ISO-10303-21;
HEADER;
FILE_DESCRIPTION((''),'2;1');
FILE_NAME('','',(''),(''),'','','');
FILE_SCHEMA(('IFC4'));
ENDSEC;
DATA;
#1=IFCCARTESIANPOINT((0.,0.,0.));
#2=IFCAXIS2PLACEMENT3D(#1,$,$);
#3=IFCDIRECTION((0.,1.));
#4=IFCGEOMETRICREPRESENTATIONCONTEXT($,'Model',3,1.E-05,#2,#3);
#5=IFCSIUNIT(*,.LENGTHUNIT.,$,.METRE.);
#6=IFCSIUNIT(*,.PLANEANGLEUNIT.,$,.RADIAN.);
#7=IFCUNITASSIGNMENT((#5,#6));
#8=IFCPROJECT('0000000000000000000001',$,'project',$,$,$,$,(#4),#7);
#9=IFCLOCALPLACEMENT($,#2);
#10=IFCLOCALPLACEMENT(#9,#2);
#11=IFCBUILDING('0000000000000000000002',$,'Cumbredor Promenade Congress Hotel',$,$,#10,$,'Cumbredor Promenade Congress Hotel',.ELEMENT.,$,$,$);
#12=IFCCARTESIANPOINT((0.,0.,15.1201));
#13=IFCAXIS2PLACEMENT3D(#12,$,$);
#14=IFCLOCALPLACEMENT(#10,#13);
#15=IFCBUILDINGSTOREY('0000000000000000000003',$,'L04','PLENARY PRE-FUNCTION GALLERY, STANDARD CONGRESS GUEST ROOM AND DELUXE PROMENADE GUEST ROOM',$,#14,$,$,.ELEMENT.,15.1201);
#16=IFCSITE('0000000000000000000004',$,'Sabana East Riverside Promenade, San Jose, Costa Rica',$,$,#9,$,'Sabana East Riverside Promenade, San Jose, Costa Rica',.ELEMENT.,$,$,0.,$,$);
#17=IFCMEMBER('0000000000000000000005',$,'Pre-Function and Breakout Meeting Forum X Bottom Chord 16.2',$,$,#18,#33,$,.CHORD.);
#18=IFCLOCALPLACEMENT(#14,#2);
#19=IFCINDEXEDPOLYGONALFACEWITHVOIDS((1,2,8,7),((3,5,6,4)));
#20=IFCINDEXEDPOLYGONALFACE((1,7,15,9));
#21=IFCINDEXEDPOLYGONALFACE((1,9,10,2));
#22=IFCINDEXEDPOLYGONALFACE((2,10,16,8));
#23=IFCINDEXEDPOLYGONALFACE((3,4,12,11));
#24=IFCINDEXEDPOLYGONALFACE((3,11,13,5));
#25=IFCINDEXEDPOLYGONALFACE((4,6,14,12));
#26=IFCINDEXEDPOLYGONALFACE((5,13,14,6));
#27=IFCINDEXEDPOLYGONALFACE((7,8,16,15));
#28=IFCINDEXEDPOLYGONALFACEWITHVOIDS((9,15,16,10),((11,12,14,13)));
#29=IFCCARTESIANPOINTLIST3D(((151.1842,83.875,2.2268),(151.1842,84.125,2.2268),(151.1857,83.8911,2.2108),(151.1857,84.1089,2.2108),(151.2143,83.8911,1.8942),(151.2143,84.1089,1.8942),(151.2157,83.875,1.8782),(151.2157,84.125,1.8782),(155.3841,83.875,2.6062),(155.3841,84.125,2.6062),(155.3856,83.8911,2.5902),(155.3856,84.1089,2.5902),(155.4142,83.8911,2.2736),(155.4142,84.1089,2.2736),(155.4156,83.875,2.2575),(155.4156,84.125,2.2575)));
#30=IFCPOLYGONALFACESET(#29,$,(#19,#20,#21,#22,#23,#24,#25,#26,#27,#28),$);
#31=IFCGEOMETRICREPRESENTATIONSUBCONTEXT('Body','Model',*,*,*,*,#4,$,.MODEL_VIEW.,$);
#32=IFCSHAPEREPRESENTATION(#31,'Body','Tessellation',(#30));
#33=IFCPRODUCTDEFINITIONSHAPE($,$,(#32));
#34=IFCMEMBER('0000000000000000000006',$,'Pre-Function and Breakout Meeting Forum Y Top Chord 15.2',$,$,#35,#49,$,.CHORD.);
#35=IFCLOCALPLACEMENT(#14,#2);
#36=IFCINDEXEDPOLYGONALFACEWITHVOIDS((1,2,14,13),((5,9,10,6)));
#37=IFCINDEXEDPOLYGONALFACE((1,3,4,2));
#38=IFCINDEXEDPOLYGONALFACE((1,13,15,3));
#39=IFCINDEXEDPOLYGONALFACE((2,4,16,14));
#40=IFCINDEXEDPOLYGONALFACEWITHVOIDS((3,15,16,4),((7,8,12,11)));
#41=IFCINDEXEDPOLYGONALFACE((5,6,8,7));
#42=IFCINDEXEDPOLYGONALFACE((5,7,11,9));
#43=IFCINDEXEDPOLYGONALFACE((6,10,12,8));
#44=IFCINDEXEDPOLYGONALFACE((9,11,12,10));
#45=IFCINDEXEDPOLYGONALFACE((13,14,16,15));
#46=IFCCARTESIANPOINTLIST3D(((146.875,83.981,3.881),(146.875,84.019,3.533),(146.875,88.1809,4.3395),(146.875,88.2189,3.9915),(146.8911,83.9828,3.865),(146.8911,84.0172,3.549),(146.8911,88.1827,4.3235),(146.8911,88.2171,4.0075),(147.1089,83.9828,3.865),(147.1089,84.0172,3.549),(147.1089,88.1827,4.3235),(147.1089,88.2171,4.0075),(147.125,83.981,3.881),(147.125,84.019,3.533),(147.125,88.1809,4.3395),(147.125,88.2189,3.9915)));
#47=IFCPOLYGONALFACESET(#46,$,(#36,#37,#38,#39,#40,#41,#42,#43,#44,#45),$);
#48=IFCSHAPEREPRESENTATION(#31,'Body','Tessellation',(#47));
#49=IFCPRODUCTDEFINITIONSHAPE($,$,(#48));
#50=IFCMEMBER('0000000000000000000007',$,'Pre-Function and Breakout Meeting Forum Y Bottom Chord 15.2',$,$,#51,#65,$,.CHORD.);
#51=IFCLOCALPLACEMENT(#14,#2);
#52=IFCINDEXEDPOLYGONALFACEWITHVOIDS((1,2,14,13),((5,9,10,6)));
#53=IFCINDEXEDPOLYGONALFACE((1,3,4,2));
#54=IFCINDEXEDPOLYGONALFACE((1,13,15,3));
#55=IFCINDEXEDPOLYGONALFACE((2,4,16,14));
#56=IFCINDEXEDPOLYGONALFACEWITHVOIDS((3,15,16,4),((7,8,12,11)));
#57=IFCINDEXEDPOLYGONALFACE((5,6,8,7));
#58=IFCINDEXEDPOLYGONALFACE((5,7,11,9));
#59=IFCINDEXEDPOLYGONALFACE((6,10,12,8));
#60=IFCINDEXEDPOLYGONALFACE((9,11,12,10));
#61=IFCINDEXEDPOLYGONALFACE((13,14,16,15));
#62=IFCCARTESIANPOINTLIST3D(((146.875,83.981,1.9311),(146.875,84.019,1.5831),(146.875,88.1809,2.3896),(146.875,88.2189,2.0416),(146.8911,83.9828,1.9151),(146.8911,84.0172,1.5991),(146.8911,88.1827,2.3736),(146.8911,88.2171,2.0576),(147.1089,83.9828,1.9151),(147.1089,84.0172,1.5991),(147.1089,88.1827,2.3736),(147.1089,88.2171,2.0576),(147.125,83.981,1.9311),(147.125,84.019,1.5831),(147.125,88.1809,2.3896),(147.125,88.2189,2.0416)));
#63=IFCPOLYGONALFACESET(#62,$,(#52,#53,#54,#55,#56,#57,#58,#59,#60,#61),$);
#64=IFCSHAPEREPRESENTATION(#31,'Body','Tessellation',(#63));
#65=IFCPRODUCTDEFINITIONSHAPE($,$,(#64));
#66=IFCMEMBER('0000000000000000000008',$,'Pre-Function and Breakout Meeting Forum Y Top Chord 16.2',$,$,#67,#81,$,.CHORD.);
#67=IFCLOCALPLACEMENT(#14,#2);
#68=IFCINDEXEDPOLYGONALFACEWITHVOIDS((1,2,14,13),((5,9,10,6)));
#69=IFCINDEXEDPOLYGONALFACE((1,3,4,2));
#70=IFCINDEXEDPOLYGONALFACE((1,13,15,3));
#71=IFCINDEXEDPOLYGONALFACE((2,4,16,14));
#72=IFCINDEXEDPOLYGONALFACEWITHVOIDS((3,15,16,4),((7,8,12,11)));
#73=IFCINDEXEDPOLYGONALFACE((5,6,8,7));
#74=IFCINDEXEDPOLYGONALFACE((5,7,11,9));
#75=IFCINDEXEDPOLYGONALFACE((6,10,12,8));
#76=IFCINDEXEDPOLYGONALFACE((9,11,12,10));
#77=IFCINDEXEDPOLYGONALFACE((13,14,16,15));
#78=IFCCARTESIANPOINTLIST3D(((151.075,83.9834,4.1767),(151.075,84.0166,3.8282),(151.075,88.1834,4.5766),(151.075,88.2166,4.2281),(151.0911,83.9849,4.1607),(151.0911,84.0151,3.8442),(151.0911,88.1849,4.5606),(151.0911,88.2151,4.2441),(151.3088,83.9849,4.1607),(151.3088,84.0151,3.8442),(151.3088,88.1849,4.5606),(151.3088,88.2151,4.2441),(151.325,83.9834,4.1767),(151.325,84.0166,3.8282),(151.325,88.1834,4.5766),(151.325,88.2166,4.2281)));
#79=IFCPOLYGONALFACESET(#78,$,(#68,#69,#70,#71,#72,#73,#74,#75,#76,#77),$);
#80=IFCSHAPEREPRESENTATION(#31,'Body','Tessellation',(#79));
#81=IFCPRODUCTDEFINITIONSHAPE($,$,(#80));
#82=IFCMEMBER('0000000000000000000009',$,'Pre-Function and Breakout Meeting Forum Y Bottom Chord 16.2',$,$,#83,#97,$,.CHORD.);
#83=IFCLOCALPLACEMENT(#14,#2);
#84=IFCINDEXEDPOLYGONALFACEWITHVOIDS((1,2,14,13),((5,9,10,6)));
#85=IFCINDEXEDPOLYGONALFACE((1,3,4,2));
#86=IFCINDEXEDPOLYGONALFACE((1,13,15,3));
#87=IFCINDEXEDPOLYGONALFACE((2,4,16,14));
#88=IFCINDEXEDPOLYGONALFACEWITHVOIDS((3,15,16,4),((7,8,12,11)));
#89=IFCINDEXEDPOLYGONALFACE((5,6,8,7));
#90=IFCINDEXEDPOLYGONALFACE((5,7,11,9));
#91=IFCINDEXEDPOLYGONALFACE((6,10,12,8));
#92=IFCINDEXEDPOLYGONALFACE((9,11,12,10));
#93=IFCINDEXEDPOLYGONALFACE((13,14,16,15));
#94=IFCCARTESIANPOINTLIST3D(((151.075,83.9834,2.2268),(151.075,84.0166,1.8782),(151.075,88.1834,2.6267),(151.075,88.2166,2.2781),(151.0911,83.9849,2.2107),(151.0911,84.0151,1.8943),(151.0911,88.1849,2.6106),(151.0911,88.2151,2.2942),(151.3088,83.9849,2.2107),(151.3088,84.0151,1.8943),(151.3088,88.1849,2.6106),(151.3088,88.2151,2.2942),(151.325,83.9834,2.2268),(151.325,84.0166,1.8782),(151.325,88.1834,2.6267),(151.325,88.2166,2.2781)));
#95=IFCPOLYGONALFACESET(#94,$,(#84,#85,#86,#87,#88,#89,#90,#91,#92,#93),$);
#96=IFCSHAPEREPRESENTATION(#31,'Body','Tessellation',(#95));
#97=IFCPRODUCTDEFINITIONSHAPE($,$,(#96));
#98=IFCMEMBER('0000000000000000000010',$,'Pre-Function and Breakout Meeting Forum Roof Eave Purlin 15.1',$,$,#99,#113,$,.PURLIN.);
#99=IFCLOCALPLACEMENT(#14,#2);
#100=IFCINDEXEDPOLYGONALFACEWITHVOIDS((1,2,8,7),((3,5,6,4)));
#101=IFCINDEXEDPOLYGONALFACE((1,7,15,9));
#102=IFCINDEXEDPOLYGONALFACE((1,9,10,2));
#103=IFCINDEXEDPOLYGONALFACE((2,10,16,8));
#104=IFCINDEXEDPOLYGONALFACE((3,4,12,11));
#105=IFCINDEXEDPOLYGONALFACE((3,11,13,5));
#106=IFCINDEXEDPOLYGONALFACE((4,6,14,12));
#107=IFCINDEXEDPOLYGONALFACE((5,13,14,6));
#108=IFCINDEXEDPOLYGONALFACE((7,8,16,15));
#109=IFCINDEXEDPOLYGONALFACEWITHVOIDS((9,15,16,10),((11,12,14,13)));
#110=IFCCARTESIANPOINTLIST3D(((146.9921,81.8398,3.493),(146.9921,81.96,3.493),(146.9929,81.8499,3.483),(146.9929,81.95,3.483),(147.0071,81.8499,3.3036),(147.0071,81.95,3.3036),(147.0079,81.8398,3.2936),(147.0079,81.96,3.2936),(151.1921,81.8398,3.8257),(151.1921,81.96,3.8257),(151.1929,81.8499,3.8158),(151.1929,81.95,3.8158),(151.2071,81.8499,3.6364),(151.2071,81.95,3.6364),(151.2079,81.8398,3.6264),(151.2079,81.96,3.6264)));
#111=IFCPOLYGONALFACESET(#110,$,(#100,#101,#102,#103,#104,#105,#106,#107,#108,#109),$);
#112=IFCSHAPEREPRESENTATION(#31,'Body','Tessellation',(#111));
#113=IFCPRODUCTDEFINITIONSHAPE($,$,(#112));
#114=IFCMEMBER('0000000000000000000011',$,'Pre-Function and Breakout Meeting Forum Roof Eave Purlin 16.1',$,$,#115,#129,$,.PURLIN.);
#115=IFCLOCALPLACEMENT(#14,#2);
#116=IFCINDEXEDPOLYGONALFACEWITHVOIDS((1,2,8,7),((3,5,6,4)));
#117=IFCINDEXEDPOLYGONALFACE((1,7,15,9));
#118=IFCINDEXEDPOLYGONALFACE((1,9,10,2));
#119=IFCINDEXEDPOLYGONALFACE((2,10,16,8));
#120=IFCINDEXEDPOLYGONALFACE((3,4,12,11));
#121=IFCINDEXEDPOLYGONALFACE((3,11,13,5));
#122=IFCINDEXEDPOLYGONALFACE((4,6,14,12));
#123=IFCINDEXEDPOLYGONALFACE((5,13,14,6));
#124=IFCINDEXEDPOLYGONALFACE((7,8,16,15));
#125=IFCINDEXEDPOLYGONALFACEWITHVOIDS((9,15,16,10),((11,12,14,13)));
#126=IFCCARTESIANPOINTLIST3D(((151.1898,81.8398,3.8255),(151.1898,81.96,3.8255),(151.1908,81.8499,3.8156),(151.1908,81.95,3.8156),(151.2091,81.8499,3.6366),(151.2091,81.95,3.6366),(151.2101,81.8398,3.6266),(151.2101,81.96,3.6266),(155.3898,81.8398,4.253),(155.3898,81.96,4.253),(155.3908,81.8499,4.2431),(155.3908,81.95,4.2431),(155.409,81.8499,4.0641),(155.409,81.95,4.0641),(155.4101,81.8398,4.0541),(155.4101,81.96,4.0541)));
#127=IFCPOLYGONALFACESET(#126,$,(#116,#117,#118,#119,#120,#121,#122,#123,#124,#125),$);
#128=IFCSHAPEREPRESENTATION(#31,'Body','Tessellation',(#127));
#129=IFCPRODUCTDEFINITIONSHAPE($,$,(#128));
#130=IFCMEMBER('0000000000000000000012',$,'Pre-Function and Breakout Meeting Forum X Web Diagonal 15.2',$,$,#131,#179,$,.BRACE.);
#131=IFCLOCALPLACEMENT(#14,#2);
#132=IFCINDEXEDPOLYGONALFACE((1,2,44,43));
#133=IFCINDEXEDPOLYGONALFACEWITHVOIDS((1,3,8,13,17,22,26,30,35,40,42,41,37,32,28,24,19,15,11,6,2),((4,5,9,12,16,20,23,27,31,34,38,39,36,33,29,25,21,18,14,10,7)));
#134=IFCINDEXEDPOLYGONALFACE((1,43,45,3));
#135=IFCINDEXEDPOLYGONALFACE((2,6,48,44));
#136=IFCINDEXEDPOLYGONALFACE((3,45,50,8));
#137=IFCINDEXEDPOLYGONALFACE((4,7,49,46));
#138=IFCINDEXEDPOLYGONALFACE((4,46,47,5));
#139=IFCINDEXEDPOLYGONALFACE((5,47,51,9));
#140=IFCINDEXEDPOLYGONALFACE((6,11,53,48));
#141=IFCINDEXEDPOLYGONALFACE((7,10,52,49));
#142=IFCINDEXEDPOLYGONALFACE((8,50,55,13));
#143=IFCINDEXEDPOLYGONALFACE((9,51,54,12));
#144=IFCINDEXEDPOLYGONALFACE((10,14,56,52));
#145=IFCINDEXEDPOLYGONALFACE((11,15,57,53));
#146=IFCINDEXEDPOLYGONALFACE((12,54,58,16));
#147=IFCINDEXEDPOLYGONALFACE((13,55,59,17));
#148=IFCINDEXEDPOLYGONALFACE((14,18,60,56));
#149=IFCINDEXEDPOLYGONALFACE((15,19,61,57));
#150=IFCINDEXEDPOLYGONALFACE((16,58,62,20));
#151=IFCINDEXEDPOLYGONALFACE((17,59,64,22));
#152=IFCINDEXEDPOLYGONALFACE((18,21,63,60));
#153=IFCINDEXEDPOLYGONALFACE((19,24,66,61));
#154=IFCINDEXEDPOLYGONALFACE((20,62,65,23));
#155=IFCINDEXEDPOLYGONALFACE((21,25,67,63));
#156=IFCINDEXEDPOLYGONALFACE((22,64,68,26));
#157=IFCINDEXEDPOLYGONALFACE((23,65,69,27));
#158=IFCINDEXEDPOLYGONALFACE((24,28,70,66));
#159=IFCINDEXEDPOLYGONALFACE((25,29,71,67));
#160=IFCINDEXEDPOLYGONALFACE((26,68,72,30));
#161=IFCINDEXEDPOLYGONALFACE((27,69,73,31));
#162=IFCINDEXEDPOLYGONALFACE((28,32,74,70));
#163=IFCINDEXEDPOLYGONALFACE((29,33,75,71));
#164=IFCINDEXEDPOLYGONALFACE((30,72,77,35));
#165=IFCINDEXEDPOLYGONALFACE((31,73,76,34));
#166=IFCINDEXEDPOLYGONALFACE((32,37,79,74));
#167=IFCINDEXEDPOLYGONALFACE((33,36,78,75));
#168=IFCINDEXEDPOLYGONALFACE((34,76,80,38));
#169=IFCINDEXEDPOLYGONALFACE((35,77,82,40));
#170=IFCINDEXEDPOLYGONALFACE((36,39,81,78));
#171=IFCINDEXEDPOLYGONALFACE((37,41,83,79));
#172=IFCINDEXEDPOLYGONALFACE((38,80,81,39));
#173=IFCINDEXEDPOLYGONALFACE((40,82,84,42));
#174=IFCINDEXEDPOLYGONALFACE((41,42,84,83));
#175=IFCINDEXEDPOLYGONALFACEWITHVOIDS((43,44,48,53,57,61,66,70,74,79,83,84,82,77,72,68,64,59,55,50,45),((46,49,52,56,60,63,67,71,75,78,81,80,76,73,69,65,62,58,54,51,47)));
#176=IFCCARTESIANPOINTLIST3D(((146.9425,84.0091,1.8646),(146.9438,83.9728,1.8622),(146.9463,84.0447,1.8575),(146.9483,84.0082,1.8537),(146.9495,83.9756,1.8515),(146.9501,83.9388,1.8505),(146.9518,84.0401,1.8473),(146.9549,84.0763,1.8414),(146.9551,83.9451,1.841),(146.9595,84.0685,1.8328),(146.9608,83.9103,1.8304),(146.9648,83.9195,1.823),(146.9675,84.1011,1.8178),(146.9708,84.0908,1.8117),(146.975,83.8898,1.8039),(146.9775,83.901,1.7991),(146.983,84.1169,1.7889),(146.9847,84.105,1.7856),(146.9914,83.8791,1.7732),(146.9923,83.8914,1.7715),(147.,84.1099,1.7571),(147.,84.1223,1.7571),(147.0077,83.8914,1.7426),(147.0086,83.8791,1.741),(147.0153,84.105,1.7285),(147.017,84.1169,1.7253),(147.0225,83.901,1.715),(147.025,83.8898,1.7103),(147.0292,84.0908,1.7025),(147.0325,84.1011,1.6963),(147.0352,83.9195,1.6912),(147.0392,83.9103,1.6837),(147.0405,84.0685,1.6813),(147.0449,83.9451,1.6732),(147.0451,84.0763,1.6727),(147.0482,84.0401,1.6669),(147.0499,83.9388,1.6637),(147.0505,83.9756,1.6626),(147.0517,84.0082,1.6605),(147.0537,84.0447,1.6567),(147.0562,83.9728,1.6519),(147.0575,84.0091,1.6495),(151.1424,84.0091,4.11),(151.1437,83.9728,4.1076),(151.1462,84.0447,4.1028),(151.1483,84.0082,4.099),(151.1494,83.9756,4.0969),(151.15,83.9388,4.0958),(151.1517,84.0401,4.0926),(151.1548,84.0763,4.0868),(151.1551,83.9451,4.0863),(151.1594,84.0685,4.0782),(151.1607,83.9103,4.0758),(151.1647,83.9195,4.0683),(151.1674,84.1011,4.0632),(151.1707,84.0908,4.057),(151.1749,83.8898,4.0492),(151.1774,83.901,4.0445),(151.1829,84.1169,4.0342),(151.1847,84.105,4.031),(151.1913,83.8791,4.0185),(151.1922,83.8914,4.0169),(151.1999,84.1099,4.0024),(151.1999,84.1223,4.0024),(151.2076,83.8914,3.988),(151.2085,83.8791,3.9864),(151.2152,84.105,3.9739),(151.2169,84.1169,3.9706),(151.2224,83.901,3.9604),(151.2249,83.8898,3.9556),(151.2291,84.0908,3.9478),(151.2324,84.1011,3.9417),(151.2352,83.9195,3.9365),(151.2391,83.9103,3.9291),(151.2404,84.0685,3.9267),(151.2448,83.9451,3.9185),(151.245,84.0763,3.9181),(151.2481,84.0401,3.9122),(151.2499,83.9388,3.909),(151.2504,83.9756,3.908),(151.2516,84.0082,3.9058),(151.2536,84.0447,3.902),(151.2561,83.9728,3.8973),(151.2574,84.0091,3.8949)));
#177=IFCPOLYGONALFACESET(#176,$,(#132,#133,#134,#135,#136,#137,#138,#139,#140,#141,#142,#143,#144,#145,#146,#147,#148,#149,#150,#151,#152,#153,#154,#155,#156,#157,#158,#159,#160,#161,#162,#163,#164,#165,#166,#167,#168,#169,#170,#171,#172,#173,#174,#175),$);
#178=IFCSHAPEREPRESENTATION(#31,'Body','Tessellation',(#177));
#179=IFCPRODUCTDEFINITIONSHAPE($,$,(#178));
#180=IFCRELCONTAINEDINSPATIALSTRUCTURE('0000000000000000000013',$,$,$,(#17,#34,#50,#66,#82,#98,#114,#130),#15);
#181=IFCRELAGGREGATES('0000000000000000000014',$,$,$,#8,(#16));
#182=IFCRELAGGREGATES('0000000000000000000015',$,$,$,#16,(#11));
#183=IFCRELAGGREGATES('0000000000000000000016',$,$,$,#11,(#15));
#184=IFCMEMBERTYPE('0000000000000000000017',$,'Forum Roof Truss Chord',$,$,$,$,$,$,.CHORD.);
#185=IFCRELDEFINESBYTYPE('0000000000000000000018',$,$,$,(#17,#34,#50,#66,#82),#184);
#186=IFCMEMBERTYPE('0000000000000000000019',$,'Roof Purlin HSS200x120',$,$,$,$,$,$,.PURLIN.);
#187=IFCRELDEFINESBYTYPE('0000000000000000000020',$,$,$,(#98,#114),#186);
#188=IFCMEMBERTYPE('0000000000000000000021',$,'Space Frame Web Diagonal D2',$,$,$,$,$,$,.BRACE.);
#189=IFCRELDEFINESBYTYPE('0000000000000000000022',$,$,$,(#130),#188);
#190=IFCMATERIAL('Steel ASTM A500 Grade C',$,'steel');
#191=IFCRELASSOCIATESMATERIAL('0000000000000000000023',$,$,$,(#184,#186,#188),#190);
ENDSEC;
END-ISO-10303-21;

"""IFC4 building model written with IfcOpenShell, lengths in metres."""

from ifc_helpers import new_model, si_unit, direction, frame, origin, origin_2d, place, context, subcontext, project, spatial, hollow_rectangle, hollow_circle, extrude, material, material_profile, profile_set, type_object, element, save


model = new_model("IFC4")

# Units and contexts
model_context = context("Model", 3, precision=1e-05, world=origin(), true_north=direction((0.0, 1.0)))
body_context = subcontext(model_context, "Body", "Model", "MODEL_VIEW")
ifc_project = project(units=[si_unit("LENGTHUNIT", "METRE"), si_unit("PLANEANGLEUNIT", "RADIAN")], contexts=[model_context])

# Site, building, storey
site_placement = place(None, origin())
site = spatial("IfcSite", under=ifc_project, at=site_placement, Name="Sabana East Riverside Promenade, San Jose, Costa Rica", LongName="Sabana East Riverside Promenade, San Jose, Costa Rica", CompositionType="ELEMENT", RefElevation=0.0)
building_placement = place(site_placement, origin())
building = spatial("IfcBuilding", under=site, at=building_placement, Name="Cumbredor Promenade Congress Hotel", LongName="Cumbredor Promenade Congress Hotel", CompositionType="ELEMENT")
storey_placement = place(building_placement, frame((0.0, 0.0, 15.1201)))
storey = spatial("IfcBuildingStorey", under=building, at=storey_placement, Name="L04", Description="PLENARY PRE-FUNCTION GALLERY, STANDARD CONGRESS GUEST ROOM AND DELUXE PROMENADE GUEST ROOM", CompositionType="ELEMENT", Elevation=15.1201)

# Members
ifc_material_1 = material(Name="Steel ASTM A500 Grade C", Category="steel")
ifc_material_profile_1 = material_profile(ifc_material_1, hollow_rectangle(XDim=0.25, YDim=0.3501, WallThickness=0.0161, at=origin_2d()), Name="HSS 350x250x16")
ifc_profile_set_1 = profile_set([ifc_material_profile_1], Name="Steel ASTM A500 Grade C")
member_type_1 = type_object("IfcMemberType", Name="Forum Roof Truss Chord", PredefinedType="CHORD", material=ifc_profile_set_1)
for number, where, z_axis, x_axis, name in (
    (1, (151.2, 84.0, 2.0525), (0.995945, 0.0, 0.089967), (0.0, 1.0, 0.0), "Pre-Function and Breakout Meeting Forum X Bottom Chord 16.2"),
):
    element("IfcMember", number, at=place(storey_placement, frame(where, z_axis=z_axis, x_axis=x_axis)), inside=storey, type_object=member_type_1, Name=name, PredefinedType="CHORD", context=body_context, shape_type="SweptSolid", body=[
        extrude(hollow_rectangle(XDim=0.25, YDim=0.3501, WallThickness=0.0161, at=origin_2d()), origin(), (0.0, 0.0, 1.0), 4.217),
    ])
for number, where, z_axis, x_axis, name in (
    (2, (147.0, 84.0, 3.707), (0.0, 0.994094, 0.108522), (-1.0, 0.0, 0.0), "Pre-Function and Breakout Meeting Forum Y Top Chord 15.2"),
    (3, (147.0, 84.0, 1.7571), (0.0, 0.994094, 0.108522), (-1.0, 0.0, 0.0), "Pre-Function and Breakout Meeting Forum Y Bottom Chord 15.2"),
):
    element("IfcMember", number, at=place(storey_placement, frame(where, z_axis=z_axis, x_axis=x_axis)), inside=storey, type_object=member_type_1, Name=name, PredefinedType="CHORD", context=body_context, shape_type="SweptSolid", body=[
        extrude(hollow_rectangle(XDim=0.25, YDim=0.3501, WallThickness=0.0161, at=origin_2d()), origin(), (0.0, 0.0, 1.0), 4.2249),
    ])
for number, where, z_axis, x_axis, name in (
    (4, (151.2, 84.0, 4.0024), (0.0, 0.995498, 0.094787), (-1.0, 0.0, 0.0), "Pre-Function and Breakout Meeting Forum Y Top Chord 16.2"),
    (5, (151.2, 84.0, 2.0525), (0.0, 0.995498, 0.094787), (-1.0, 0.0, 0.0), "Pre-Function and Breakout Meeting Forum Y Bottom Chord 16.2"),
):
    element("IfcMember", number, at=place(storey_placement, frame(where, z_axis=z_axis, x_axis=x_axis)), inside=storey, type_object=member_type_1, Name=name, PredefinedType="CHORD", context=body_context, shape_type="SweptSolid", body=[
        extrude(hollow_rectangle(XDim=0.25, YDim=0.3501, WallThickness=0.0161, at=origin_2d()), origin(), (0.0, 0.0, 1.0), 4.219),
    ])
ifc_material_profile_2 = material_profile(ifc_material_1, hollow_rectangle(XDim=0.1201, YDim=0.2, WallThickness=0.01, at=origin_2d()), Name="HSS 200x120x10")
ifc_profile_set_2 = profile_set([ifc_material_profile_2], Name="Steel ASTM A500 Grade C")
member_type_2 = type_object("IfcMemberType", Name="Roof Purlin HSS200x120", PredefinedType="PURLIN", material=ifc_profile_set_2)
member_1_placement = place(storey_placement, frame((147.0, 81.8999, 3.3933), z_axis=(0.996876, 0.0, 0.078983), x_axis=(0.0, 1.0, 0.0)))
element("IfcMember", 6, at=member_1_placement, inside=storey, type_object=member_type_2, Name="Pre-Function and Breakout Meeting Forum Roof Eave Purlin 15.1", PredefinedType="PURLIN", context=body_context, shape_type="SweptSolid", body=[
    extrude(hollow_rectangle(XDim=0.1201, YDim=0.2, WallThickness=0.01, at=origin_2d()), origin(), (0.0, 0.0, 1.0), 4.2131),
])
member_2_placement = place(storey_placement, frame((151.2, 81.8999, 3.7261), z_axis=(0.99486, 0.0, 0.101261), x_axis=(0.0, 1.0, 0.0)))
element("IfcMember", 7, at=member_2_placement, inside=storey, type_object=member_type_2, Name="Pre-Function and Breakout Meeting Forum Roof Eave Purlin 16.1", PredefinedType="PURLIN", context=body_context, shape_type="SweptSolid", body=[
    extrude(hollow_rectangle(XDim=0.1201, YDim=0.2, WallThickness=0.01, at=origin_2d()), origin(), (0.0, 0.0, 1.0), 4.2217),
])
ifc_material_profile_3 = material_profile(ifc_material_1, hollow_circle(Radius=0.1223, WallThickness=0.0125, at=origin_2d()), Name="CHS 244.5x12.5")
ifc_profile_set_3 = profile_set([ifc_material_profile_3], Name="Steel ASTM A500 Grade C")
member_type_3 = type_object("IfcMemberType", Name="Space Frame Web Diagonal D2", PredefinedType="BRACE", material=ifc_profile_set_3)
member_3_placement = place(storey_placement, frame((147.0, 84.0, 1.7571), z_axis=(0.881883, 0.0, 0.471469), x_axis=(0.0, 1.0, 0.0)))
element("IfcMember", 8, at=member_3_placement, inside=storey, type_object=member_type_3, Name="Pre-Function and Breakout Meeting Forum X Web Diagonal 15.2", PredefinedType="BRACE", context=body_context, shape_type="SweptSolid", body=[
    extrude(hollow_circle(Radius=0.1223, WallThickness=0.0125, at=origin_2d()), origin(), (0.0, 0.0, 1.0), 4.7625),
])

save(model, "model.ifc")
